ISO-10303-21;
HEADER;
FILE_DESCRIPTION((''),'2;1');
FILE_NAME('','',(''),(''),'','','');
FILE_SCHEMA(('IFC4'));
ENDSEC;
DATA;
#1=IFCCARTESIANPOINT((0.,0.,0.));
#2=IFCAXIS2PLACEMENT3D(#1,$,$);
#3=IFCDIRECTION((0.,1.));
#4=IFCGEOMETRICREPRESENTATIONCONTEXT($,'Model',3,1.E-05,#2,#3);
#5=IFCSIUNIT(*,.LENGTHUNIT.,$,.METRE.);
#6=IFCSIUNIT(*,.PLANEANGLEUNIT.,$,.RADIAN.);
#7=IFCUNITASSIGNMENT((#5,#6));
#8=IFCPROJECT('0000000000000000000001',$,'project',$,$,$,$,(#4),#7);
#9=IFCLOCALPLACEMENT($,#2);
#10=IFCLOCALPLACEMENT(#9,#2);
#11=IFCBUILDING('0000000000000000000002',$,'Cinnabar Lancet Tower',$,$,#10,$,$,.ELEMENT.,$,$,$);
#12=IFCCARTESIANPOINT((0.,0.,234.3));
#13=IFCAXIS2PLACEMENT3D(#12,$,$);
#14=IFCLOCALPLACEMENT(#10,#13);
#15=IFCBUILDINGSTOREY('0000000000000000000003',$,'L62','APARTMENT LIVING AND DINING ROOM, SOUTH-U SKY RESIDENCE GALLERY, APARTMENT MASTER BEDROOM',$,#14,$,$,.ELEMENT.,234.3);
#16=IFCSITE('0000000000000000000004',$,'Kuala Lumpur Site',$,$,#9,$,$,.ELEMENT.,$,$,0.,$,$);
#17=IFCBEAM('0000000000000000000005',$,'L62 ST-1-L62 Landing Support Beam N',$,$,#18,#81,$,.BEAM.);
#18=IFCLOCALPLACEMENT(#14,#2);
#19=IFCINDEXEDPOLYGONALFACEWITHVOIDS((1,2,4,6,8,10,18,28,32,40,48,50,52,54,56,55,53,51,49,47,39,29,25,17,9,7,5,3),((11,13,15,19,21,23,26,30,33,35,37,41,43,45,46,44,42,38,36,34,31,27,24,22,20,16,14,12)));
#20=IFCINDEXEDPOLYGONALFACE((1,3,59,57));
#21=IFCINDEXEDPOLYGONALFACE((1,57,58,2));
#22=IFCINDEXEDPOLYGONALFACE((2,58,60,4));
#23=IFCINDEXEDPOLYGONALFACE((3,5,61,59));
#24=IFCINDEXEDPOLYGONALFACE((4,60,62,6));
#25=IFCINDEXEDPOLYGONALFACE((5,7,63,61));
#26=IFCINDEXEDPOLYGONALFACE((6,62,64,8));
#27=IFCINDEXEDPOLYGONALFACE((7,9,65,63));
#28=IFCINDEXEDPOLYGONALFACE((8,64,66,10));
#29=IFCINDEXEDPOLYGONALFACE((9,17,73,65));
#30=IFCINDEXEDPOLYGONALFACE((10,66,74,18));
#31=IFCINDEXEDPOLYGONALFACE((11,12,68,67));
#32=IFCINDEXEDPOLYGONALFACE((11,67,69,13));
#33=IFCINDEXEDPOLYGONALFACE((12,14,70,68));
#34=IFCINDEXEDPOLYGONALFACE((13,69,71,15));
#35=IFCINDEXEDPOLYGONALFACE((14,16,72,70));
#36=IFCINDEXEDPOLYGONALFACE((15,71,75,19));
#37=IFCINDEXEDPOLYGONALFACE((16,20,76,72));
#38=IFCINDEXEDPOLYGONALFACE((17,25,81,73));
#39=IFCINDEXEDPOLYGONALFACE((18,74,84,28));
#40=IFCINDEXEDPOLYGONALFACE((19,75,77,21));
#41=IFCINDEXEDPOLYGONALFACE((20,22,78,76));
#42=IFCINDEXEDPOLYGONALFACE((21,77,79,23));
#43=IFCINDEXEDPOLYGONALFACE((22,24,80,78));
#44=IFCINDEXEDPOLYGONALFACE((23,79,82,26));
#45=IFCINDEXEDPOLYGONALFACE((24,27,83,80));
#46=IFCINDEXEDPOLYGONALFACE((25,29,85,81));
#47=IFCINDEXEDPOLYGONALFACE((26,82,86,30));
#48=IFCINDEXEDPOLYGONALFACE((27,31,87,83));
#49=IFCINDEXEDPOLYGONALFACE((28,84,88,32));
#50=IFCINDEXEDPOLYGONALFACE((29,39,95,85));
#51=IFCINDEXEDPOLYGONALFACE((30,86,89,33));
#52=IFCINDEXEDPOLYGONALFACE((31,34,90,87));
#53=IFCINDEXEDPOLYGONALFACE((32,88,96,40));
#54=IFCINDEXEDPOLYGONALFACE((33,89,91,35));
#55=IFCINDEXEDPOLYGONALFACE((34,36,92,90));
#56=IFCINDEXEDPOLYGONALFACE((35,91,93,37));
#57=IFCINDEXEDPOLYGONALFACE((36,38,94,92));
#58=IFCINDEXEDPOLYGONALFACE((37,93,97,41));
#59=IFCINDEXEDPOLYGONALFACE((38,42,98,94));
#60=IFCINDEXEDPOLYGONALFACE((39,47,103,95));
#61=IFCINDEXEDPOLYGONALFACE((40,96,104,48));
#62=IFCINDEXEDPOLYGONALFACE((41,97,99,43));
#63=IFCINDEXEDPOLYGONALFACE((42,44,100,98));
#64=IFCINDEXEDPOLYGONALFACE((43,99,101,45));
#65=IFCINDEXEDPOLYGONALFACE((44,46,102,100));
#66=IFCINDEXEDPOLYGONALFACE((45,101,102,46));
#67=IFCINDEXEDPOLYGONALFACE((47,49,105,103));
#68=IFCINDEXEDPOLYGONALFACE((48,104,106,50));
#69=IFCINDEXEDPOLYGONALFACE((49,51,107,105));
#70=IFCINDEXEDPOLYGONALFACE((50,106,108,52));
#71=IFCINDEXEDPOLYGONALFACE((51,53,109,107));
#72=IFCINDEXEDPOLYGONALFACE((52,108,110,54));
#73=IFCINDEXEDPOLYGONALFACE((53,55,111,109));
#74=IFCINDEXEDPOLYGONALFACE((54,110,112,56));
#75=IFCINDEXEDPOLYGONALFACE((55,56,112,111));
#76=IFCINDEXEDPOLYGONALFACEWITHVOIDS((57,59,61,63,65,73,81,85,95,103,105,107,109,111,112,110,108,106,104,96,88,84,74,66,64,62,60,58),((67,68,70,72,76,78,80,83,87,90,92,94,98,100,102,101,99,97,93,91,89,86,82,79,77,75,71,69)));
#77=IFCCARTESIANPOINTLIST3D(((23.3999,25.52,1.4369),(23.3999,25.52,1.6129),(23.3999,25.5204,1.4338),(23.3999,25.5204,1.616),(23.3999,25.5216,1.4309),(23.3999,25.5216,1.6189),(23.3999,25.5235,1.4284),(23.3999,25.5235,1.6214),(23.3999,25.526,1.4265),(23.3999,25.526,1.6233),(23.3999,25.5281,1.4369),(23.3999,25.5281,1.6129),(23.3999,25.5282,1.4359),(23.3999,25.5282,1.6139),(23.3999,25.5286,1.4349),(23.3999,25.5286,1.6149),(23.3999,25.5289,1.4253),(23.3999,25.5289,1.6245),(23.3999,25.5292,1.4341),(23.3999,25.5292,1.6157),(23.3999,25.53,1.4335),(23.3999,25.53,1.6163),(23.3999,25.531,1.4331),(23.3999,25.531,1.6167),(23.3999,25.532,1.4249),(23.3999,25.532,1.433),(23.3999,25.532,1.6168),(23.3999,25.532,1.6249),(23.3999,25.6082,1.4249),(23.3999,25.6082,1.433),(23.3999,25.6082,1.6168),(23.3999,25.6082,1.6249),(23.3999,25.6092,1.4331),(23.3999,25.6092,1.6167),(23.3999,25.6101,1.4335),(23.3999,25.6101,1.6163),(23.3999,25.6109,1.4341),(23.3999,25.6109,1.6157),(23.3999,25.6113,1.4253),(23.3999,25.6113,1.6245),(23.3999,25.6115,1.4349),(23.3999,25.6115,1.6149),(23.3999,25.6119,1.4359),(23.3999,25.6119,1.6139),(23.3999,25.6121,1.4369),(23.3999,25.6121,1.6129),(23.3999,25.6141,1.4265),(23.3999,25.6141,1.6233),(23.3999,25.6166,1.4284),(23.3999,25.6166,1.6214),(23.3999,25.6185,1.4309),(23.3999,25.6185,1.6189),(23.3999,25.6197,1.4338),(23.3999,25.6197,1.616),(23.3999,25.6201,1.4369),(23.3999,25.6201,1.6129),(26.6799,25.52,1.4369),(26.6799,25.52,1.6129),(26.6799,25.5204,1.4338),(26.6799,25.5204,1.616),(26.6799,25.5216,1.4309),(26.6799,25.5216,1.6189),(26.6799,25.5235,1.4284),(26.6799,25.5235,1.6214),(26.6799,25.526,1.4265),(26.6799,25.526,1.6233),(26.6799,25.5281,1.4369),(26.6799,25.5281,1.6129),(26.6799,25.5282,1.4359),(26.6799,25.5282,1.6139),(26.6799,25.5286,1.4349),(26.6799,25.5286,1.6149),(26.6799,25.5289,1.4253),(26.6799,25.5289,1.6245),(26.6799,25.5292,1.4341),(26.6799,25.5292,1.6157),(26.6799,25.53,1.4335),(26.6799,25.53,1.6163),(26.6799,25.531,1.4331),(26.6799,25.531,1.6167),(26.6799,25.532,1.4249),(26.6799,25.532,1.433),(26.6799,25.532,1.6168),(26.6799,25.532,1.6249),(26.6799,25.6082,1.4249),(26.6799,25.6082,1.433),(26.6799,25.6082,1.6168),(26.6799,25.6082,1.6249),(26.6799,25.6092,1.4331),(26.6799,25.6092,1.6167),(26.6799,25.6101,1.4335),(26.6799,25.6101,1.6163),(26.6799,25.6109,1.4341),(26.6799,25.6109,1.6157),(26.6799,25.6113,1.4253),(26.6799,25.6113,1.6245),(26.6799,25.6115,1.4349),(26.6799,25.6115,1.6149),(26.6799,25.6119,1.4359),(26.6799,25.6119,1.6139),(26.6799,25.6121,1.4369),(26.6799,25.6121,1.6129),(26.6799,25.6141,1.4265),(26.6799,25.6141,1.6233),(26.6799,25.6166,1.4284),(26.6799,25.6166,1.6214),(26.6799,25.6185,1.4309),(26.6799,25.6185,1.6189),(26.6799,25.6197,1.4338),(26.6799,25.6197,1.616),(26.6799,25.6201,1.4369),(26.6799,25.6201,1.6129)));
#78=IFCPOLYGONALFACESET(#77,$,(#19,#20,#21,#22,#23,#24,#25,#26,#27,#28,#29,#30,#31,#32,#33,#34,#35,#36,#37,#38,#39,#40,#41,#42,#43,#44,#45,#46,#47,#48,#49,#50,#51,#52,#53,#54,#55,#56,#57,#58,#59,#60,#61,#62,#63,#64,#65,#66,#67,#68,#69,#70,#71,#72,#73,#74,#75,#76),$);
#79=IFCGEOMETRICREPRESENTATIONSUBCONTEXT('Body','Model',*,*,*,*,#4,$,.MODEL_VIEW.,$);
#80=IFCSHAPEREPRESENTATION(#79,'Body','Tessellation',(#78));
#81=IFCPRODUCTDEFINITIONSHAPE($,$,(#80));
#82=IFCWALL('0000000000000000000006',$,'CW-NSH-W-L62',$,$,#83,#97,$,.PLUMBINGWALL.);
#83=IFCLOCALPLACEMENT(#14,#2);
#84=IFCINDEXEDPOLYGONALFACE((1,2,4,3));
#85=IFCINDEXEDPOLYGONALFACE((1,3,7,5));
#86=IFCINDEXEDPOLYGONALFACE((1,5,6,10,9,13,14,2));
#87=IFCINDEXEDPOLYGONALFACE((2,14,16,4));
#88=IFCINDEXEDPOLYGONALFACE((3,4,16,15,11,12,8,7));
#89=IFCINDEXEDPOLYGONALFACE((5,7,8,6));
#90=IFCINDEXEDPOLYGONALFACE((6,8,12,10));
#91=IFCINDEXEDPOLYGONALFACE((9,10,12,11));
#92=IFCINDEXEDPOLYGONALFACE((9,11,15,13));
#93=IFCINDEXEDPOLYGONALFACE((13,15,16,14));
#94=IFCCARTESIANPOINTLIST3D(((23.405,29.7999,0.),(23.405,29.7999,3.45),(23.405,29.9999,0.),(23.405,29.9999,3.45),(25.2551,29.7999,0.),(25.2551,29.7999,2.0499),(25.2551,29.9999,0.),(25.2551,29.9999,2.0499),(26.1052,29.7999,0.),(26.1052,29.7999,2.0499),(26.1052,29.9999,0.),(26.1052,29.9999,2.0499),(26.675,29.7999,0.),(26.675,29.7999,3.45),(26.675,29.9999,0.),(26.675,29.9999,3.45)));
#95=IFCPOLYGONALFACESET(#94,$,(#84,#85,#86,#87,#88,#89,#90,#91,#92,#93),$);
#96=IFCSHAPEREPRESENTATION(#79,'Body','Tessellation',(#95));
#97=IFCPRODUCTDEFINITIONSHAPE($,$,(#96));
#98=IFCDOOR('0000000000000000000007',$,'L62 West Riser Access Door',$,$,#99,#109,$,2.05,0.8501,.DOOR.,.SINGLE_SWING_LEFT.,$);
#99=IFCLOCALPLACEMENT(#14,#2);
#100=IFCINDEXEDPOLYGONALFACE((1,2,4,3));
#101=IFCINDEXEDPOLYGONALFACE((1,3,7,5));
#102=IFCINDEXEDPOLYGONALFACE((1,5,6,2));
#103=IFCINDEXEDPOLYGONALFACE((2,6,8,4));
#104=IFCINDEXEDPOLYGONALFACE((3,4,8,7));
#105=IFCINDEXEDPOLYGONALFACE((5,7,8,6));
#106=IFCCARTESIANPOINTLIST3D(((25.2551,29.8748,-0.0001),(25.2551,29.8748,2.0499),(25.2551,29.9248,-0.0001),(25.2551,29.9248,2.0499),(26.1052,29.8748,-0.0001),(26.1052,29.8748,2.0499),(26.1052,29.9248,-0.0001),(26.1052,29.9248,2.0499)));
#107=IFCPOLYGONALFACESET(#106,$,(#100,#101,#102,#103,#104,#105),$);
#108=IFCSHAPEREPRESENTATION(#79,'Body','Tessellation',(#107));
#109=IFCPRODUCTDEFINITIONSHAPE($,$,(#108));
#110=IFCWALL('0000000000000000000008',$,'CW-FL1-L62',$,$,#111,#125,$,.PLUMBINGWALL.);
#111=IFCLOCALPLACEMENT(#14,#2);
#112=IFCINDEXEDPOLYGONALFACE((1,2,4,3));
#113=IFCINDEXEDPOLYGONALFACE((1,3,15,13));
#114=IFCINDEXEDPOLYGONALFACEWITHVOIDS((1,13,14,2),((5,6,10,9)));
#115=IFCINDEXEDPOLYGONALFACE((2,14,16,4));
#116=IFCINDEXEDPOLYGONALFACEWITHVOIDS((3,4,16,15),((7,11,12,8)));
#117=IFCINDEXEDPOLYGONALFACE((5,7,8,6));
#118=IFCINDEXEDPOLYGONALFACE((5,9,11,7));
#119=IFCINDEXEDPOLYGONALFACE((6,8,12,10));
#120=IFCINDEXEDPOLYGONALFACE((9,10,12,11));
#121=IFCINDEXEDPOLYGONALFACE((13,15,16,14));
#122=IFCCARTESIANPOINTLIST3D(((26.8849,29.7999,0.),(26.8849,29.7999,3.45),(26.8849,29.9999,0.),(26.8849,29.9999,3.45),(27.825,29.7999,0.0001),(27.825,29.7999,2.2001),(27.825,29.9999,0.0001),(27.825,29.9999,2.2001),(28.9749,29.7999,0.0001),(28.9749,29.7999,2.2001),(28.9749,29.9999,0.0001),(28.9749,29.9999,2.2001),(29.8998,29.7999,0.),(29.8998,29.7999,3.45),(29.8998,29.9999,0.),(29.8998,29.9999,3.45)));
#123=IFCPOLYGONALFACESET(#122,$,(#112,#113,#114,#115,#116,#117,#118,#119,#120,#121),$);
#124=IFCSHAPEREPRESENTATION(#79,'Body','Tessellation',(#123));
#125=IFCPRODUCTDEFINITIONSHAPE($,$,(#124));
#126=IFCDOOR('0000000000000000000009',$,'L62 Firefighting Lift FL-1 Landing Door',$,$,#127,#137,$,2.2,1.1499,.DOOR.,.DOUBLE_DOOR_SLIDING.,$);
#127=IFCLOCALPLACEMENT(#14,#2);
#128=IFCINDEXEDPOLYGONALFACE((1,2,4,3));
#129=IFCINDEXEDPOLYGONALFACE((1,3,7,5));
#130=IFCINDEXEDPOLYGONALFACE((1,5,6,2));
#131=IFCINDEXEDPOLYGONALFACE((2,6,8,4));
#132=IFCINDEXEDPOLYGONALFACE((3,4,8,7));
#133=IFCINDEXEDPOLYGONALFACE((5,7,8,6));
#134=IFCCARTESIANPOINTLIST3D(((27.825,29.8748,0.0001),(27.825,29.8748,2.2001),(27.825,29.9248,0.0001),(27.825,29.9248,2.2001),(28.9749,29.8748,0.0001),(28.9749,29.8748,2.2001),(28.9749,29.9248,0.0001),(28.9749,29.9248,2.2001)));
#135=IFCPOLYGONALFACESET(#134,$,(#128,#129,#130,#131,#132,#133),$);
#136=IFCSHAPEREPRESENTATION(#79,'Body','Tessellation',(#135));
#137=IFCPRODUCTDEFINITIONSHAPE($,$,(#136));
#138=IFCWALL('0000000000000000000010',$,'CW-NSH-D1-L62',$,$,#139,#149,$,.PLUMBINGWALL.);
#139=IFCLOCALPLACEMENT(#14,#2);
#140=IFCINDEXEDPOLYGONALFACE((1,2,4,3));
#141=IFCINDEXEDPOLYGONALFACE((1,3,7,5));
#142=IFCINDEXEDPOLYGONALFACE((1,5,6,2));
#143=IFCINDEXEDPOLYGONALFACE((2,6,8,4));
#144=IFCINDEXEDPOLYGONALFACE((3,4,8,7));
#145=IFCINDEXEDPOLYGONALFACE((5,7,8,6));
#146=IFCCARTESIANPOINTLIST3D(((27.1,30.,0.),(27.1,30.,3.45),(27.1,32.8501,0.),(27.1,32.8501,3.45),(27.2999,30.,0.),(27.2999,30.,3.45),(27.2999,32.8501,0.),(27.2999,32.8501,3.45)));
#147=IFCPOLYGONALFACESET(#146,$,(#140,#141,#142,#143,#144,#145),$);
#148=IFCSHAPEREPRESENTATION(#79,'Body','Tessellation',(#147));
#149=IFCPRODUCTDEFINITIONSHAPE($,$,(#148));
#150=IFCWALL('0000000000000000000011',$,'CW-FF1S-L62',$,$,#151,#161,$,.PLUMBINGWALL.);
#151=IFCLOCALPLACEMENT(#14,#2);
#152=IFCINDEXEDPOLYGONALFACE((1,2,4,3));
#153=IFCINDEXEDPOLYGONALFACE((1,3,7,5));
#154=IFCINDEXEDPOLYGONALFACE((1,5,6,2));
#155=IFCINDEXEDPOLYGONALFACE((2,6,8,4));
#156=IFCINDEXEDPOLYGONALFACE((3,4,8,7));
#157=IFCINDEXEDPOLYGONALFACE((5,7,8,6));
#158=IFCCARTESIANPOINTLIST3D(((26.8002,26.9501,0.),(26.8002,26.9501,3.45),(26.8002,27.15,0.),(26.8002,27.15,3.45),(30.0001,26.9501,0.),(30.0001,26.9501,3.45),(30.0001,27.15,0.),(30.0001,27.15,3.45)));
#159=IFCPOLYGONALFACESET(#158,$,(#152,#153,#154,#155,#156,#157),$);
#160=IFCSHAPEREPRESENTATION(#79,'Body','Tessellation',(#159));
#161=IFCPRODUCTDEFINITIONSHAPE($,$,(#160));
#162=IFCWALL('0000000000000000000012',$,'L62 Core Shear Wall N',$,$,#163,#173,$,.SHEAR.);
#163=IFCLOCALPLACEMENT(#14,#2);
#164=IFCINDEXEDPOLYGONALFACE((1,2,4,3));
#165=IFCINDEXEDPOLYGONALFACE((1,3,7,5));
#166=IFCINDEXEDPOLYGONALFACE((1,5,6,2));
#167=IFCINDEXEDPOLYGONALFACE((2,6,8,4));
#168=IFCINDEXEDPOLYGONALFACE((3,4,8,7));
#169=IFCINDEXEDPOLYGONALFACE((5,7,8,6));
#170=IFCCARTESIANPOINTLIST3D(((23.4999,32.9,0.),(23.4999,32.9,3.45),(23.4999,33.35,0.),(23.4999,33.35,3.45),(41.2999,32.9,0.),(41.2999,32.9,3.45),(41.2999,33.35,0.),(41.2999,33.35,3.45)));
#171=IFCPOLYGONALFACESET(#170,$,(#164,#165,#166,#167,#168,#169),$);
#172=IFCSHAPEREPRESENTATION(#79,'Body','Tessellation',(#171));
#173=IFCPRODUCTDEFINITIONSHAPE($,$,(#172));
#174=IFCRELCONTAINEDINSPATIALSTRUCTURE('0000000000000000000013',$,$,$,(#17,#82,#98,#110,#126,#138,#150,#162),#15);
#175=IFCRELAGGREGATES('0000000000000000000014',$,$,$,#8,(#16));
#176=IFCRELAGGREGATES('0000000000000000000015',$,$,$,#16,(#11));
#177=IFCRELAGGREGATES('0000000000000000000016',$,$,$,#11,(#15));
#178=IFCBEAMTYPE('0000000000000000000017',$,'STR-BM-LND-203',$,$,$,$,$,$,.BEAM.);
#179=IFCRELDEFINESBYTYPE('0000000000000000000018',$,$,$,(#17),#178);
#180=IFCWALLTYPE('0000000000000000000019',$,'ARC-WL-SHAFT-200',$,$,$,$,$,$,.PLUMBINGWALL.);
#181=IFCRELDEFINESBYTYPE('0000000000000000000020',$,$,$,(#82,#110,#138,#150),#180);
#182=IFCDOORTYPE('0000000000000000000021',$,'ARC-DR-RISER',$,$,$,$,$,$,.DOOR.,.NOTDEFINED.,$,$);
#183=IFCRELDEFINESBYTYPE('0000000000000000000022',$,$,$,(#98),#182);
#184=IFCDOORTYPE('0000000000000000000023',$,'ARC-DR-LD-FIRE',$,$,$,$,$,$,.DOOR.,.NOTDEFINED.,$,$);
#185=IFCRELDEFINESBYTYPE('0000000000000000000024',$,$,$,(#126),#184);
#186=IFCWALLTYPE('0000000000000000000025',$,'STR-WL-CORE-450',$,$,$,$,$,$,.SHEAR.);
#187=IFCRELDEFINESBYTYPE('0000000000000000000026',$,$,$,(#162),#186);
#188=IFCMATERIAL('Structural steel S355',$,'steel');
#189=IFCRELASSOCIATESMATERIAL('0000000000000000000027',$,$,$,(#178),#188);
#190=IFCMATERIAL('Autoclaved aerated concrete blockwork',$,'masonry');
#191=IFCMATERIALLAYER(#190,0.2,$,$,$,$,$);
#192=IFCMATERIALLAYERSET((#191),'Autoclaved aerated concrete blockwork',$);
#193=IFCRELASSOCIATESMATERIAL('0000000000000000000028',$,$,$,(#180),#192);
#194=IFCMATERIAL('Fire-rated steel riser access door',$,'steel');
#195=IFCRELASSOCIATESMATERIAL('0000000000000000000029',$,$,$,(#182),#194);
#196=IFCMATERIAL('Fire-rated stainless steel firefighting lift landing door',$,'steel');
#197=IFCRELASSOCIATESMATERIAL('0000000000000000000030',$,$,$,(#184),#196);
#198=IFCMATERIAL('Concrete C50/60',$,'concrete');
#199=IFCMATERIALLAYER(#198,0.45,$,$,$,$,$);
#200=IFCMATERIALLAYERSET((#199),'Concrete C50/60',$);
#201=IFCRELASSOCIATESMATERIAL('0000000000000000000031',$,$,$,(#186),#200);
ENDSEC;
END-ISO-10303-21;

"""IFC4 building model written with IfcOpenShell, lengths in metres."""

from ifc_helpers import new_model, si_unit, direction, frame, frame_2d, origin, origin_2d, place, context, subcontext, project, spatial, rectangle, hollow_rectangle, extrude, material, layer, layer_set, material_profile, profile_set, type_object, element, fill, save


model = new_model("IFC4")

# Units and contexts
model_context = context("Model", 3, precision=1e-05, world=origin(), true_north=direction((0.0, 1.0)))
body_context = subcontext(model_context, "Body", "Model", "MODEL_VIEW")
ifc_project = project(units=[si_unit("LENGTHUNIT", "METRE"), si_unit("PLANEANGLEUNIT", "RADIAN")], contexts=[model_context])

# Site, building, storey
site_placement = place(None, origin())
site = spatial("IfcSite", under=ifc_project, at=site_placement, Name="Kuala Lumpur Site", CompositionType="ELEMENT", RefElevation=0.0)
building_placement = place(site_placement, origin())
building = spatial("IfcBuilding", under=site, at=building_placement, Name="Cinnabar Lancet Tower", CompositionType="ELEMENT")
storey_placement = place(building_placement, frame((0.0, 0.0, 234.3)))
storey = spatial("IfcBuildingStorey", under=building, at=storey_placement, Name="L62", Description="APARTMENT LIVING AND DINING ROOM, SOUTH-U SKY RESIDENCE GALLERY, APARTMENT MASTER BEDROOM", CompositionType="ELEMENT", Elevation=234.3)

# Beam
ifc_material_1 = material(Name="Structural steel S355", Category="steel")
ifc_material_profile_1 = material_profile(ifc_material_1, hollow_rectangle(XDim=0.1001, YDim=0.2, WallThickness=0.0081, InnerFilletRadius=0.0039, OuterFilletRadius=0.012, at=origin_2d()), Name="RHS 200x100x8")
ifc_profile_set_1 = profile_set([ifc_material_profile_1], Name="Structural steel S355")
beam_type_1 = type_object("IfcBeamType", Name="STR-BM-LND-203", PredefinedType="BEAM", material=ifc_profile_set_1)
beam_1_placement = place(storey_placement, frame((23.3999, 25.5701, 1.5249), z_axis=(1.0, 0.0, 0.0), x_axis=(0.0, 1.0, 0.0)))
element("IfcBeam", 1, at=beam_1_placement, inside=storey, type_object=beam_type_1, Name="L62 ST-1-L62 Landing Support Beam N", PredefinedType="BEAM", context=body_context, shape_type="SweptSolid", body=[
    extrude(hollow_rectangle(XDim=0.1001, YDim=0.2, WallThickness=0.0081, InnerFilletRadius=0.0039, OuterFilletRadius=0.012, at=origin_2d()), origin(), (0.0, 0.0, 1.0), 3.28),
])

# Walls, openings, doors
ifc_material_2 = material(Name="Autoclaved aerated concrete blockwork", Category="masonry")
ifc_layer_1 = layer(ifc_material_2, 0.2)
ifc_layer_set_1 = layer_set([ifc_layer_1], Name="Autoclaved aerated concrete blockwork")
wall_type_1 = type_object("IfcWallType", Name="ARC-WL-SHAFT-200", PredefinedType="PLUMBINGWALL", material=ifc_layer_set_1)
wall_1_placement = place(storey_placement, frame((23.405, 29.8999, 0.0), z_axis=(0.0, 0.0, 1.0), x_axis=(1.0, 0.0, 0.0)))
wall_1 = element("IfcWall", 2, at=wall_1_placement, inside=storey, type_object=wall_type_1, Name="CW-NSH-W-L62", PredefinedType="PLUMBINGWALL", context=body_context, shape_type="SweptSolid", body=[
    extrude(rectangle(XDim=3.27, YDim=0.2, at=frame_2d((1.635, 0.0))), origin(), (0.0, 0.0, 1.0), 3.45),
])
opening_1_placement = place(wall_1_placement, frame((1.8501, 0.0, 0.0)))
opening_1 = element("IfcOpeningElement", 3, at=opening_1_placement, cuts=wall_1, PredefinedType="OPENING", context=body_context, shape_type="SweptSolid", body=[
    extrude(rectangle(XDim=0.8501, YDim=2.05, at=frame_2d((0.425, 1.0249))), frame((0.0, 0.1099, 0.0), z_axis=(0.0, -1.0, 0.0), x_axis=(1.0, 0.0, 0.0)), (0.0, 0.0, 1.0), 0.22),
])
ifc_material_3 = material(Name="Fire-rated steel riser access door", Category="steel")
door_type_1 = type_object("IfcDoorType", Name="ARC-DR-RISER", OperationType="NOTDEFINED", PredefinedType="DOOR", material=ifc_material_3)
door_1_placement = place(opening_1_placement, origin())
door_1 = element("IfcDoor", 4, at=door_1_placement, inside=storey, type_object=door_type_1, Name="L62 West Riser Access Door", OperationType="SINGLE_SWING_LEFT", OverallHeight=2.05, OverallWidth=0.8501, PredefinedType="DOOR", context=body_context, shape_type="SweptSolid", body=[
    extrude(rectangle(XDim=0.8501, YDim=2.05, at=frame_2d((0.425, 1.0249))), frame((0.0, 0.0249, 0.0), z_axis=(0.0, -1.0, 0.0), x_axis=(1.0, 0.0, 0.0)), (0.0, 0.0, 1.0), 0.05),
])
fill(opening_1, door_1)
wall_2_placement = place(storey_placement, frame((26.885, 29.8999, 0.0), z_axis=(0.0, 0.0, 1.0), x_axis=(1.0, 0.0, 0.0)))
wall_2 = element("IfcWall", 5, at=wall_2_placement, inside=storey, type_object=wall_type_1, Name="CW-FL1-L62", PredefinedType="PLUMBINGWALL", context=body_context, shape_type="SweptSolid", body=[
    extrude(rectangle(XDim=3.0149, YDim=0.2, at=frame_2d((1.5073, 0.0))), origin(), (0.0, 0.0, 1.0), 3.45),
])
opening_2_placement = place(wall_2_placement, frame((0.9399, 0.0, 0.0)))
opening_2 = element("IfcOpeningElement", 6, at=opening_2_placement, cuts=wall_2, PredefinedType="OPENING", context=body_context, shape_type="SweptSolid", body=[
    extrude(rectangle(XDim=1.1499, YDim=2.2, at=frame_2d((0.575, 1.1001))), frame((0.0, 0.1099, 0.0), z_axis=(0.0, -1.0, 0.0), x_axis=(1.0, 0.0, 0.0)), (0.0, 0.0, 1.0), 0.22),
])
ifc_material_4 = material(Name="Fire-rated stainless steel firefighting lift landing door", Category="steel")
door_type_2 = type_object("IfcDoorType", Name="ARC-DR-LD-FIRE", OperationType="NOTDEFINED", PredefinedType="DOOR", material=ifc_material_4)
door_2_placement = place(opening_2_placement, origin())
door_2 = element("IfcDoor", 7, at=door_2_placement, inside=storey, type_object=door_type_2, Name="L62 Firefighting Lift FL-1 Landing Door", OperationType="DOUBLE_DOOR_SLIDING", OverallHeight=2.2, OverallWidth=1.1499, PredefinedType="DOOR", context=body_context, shape_type="SweptSolid", body=[
    extrude(rectangle(XDim=1.1499, YDim=2.2, at=frame_2d((0.575, 1.1001))), frame((0.0, 0.0249, 0.0), z_axis=(0.0, -1.0, 0.0), x_axis=(1.0, 0.0, 0.0)), (0.0, 0.0, 1.0), 0.05),
])
fill(opening_2, door_2)

# Walls
wall_3_placement = place(storey_placement, frame((27.2, 30.0, 0.0), z_axis=(0.0, 0.0, 1.0), x_axis=(0.0, 1.0, 0.0)))
element("IfcWall", 8, at=wall_3_placement, inside=storey, type_object=wall_type_1, Name="CW-NSH-D1-L62", PredefinedType="PLUMBINGWALL", context=body_context, shape_type="SweptSolid", body=[
    extrude(rectangle(XDim=2.8501, YDim=0.2, at=frame_2d((1.425, 0.0))), origin(), (0.0, 0.0, 1.0), 3.45),
])
wall_4_placement = place(storey_placement, frame((26.8, 27.05, 0.0), z_axis=(0.0, 0.0, 1.0), x_axis=(1.0, 0.0, 0.0)))
element("IfcWall", 9, at=wall_4_placement, inside=storey, type_object=wall_type_1, Name="CW-FF1S-L62", PredefinedType="PLUMBINGWALL", context=body_context, shape_type="SweptSolid", body=[
    extrude(rectangle(XDim=3.2, YDim=0.2, at=frame_2d((1.6001, 0.0))), origin(), (0.0, 0.0, 1.0), 3.45),
])
ifc_material_5 = material(Name="Concrete C50/60", Category="concrete")
ifc_layer_2 = layer(ifc_material_5, 0.45)
ifc_layer_set_2 = layer_set([ifc_layer_2], Name="Concrete C50/60")
wall_type_2 = type_object("IfcWallType", Name="STR-WL-CORE-450", PredefinedType="SHEAR", material=ifc_layer_set_2)
wall_5_placement = place(storey_placement, frame((23.5, 33.125, 0.0), z_axis=(0.0, 0.0, 1.0), x_axis=(1.0, 0.0, 0.0)))
element("IfcWall", 10, at=wall_5_placement, inside=storey, type_object=wall_type_2, Name="L62 Core Shear Wall N", PredefinedType="SHEAR", context=body_context, shape_type="SweptSolid", body=[
    extrude(rectangle(XDim=17.8, YDim=0.45, at=frame_2d((8.8999, 0.0))), origin(), (0.0, 0.0, 1.0), 3.45),
])

save(model, "model.ifc")
